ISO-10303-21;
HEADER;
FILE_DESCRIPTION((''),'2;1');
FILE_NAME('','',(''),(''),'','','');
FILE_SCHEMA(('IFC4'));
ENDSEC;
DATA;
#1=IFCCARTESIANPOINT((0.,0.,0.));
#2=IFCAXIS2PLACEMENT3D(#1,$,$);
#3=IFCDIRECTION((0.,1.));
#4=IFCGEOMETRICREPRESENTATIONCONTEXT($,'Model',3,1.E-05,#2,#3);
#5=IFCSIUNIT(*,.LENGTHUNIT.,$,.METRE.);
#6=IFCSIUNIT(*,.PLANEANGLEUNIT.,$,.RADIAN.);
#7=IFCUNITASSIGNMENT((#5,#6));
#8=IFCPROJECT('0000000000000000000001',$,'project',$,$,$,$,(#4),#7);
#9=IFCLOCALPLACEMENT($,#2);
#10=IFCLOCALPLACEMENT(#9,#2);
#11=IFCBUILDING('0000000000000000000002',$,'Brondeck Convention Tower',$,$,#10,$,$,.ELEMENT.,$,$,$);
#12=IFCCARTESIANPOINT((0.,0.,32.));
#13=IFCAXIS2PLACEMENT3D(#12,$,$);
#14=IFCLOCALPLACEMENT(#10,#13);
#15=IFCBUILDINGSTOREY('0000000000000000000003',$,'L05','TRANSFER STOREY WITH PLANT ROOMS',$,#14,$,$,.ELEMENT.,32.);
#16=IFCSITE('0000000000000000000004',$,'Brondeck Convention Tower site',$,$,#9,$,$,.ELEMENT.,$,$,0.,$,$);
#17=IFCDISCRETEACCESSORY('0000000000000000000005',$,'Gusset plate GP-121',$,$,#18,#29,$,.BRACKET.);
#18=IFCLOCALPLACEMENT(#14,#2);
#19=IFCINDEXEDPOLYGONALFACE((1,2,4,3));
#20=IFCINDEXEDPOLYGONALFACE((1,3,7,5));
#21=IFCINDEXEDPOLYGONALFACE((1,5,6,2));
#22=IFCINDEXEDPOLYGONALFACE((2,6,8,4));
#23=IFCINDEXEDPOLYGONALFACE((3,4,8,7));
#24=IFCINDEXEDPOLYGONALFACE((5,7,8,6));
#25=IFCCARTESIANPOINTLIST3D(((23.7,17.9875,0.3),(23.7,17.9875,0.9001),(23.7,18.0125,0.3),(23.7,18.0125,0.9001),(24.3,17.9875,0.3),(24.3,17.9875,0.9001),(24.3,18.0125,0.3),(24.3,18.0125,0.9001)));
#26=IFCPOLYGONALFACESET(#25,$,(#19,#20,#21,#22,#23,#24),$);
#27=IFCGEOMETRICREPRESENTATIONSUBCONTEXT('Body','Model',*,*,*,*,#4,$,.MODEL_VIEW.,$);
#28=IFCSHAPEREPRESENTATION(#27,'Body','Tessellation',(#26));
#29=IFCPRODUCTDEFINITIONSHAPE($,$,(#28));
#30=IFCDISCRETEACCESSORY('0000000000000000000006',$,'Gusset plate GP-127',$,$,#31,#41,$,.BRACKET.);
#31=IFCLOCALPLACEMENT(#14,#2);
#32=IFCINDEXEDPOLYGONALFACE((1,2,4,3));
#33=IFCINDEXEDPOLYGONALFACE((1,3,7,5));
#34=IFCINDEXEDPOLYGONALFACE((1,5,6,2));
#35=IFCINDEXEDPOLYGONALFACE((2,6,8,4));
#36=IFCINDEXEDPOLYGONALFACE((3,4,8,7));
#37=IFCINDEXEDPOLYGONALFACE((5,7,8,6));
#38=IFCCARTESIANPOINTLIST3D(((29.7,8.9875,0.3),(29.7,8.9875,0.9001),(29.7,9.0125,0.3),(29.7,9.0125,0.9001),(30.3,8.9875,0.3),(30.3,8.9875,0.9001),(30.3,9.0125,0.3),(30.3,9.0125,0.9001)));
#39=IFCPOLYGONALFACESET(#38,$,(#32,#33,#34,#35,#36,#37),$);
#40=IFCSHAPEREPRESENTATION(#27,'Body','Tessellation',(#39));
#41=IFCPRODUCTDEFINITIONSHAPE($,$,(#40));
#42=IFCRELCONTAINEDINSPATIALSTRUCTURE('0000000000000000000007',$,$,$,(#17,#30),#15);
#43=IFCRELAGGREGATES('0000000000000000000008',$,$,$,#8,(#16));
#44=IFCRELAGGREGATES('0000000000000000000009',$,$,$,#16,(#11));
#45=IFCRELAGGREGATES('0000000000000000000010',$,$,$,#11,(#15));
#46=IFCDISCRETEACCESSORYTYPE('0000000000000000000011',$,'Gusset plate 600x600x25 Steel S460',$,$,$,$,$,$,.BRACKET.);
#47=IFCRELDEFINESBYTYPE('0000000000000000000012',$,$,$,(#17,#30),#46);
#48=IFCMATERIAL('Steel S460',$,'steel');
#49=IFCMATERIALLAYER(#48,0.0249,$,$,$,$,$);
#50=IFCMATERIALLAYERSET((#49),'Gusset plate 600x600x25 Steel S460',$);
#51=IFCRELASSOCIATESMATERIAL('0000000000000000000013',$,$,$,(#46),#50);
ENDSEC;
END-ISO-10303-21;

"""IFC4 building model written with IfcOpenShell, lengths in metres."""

from ifc_helpers import new_model, si_unit, direction, frame, origin, origin_2d, place, context, subcontext, project, spatial, rectangle, extrude, material, layer, layer_set, type_object, element, save


model = new_model("IFC4")

# Units and contexts
model_context = context("Model", 3, precision=1e-05, world=origin(), true_north=direction((0.0, 1.0)))
body_context = subcontext(model_context, "Body", "Model", "MODEL_VIEW")
ifc_project = project(units=[si_unit("LENGTHUNIT", "METRE"), si_unit("PLANEANGLEUNIT", "RADIAN")], contexts=[model_context])

# Site, building, storey
site_placement = place(None, origin())
site = spatial("IfcSite", under=ifc_project, at=site_placement, Name="Brondeck Convention Tower site", CompositionType="ELEMENT", RefElevation=0.0)
building_placement = place(site_placement, origin())
building = spatial("IfcBuilding", under=site, at=building_placement, Name="Brondeck Convention Tower", CompositionType="ELEMENT")
storey_placement = place(building_placement, frame((0.0, 0.0, 32.0)))
storey = spatial("IfcBuildingStorey", under=building, at=storey_placement, Name="L05", Description="TRANSFER STOREY WITH PLANT ROOMS", CompositionType="ELEMENT", Elevation=32.0)

# Shared definitions
ifc_material_1 = material(Name="Steel S460", Category="steel")

# Discrete accessories
ifc_layer_1 = layer(ifc_material_1, 0.0249)
ifc_layer_set_1 = layer_set([ifc_layer_1], Name="Gusset plate 600x600x25 Steel S460")
discrete_accessory_type = type_object("IfcDiscreteAccessoryType", Name="Gusset plate 600x600x25 Steel S460", PredefinedType="BRACKET", material=ifc_layer_set_1)
for number, where, z_axis, x_axis, name in (
    (1, (24.0, 18.0, 0.3), (0.0, 0.0, 1.0), (1.0, 0.0, 0.0), "Gusset plate GP-121"),
    (2, (30.0, 9.0, 0.3), (0.0, 0.0, 1.0), (1.0, 0.0, 0.0), "Gusset plate GP-127"),
):
    element("IfcDiscreteAccessory", number, at=place(storey_placement, frame(where, z_axis=z_axis, x_axis=x_axis)), inside=storey, type_object=discrete_accessory_type, Name=name, PredefinedType="BRACKET", context=body_context, shape_type="SweptSolid", body=[
        extrude(rectangle(XDim=0.6001, YDim=0.0249, at=origin_2d()), origin(), (0.0, 0.0, 1.0), 0.6001),
    ])

save(model, "model.ifc")
